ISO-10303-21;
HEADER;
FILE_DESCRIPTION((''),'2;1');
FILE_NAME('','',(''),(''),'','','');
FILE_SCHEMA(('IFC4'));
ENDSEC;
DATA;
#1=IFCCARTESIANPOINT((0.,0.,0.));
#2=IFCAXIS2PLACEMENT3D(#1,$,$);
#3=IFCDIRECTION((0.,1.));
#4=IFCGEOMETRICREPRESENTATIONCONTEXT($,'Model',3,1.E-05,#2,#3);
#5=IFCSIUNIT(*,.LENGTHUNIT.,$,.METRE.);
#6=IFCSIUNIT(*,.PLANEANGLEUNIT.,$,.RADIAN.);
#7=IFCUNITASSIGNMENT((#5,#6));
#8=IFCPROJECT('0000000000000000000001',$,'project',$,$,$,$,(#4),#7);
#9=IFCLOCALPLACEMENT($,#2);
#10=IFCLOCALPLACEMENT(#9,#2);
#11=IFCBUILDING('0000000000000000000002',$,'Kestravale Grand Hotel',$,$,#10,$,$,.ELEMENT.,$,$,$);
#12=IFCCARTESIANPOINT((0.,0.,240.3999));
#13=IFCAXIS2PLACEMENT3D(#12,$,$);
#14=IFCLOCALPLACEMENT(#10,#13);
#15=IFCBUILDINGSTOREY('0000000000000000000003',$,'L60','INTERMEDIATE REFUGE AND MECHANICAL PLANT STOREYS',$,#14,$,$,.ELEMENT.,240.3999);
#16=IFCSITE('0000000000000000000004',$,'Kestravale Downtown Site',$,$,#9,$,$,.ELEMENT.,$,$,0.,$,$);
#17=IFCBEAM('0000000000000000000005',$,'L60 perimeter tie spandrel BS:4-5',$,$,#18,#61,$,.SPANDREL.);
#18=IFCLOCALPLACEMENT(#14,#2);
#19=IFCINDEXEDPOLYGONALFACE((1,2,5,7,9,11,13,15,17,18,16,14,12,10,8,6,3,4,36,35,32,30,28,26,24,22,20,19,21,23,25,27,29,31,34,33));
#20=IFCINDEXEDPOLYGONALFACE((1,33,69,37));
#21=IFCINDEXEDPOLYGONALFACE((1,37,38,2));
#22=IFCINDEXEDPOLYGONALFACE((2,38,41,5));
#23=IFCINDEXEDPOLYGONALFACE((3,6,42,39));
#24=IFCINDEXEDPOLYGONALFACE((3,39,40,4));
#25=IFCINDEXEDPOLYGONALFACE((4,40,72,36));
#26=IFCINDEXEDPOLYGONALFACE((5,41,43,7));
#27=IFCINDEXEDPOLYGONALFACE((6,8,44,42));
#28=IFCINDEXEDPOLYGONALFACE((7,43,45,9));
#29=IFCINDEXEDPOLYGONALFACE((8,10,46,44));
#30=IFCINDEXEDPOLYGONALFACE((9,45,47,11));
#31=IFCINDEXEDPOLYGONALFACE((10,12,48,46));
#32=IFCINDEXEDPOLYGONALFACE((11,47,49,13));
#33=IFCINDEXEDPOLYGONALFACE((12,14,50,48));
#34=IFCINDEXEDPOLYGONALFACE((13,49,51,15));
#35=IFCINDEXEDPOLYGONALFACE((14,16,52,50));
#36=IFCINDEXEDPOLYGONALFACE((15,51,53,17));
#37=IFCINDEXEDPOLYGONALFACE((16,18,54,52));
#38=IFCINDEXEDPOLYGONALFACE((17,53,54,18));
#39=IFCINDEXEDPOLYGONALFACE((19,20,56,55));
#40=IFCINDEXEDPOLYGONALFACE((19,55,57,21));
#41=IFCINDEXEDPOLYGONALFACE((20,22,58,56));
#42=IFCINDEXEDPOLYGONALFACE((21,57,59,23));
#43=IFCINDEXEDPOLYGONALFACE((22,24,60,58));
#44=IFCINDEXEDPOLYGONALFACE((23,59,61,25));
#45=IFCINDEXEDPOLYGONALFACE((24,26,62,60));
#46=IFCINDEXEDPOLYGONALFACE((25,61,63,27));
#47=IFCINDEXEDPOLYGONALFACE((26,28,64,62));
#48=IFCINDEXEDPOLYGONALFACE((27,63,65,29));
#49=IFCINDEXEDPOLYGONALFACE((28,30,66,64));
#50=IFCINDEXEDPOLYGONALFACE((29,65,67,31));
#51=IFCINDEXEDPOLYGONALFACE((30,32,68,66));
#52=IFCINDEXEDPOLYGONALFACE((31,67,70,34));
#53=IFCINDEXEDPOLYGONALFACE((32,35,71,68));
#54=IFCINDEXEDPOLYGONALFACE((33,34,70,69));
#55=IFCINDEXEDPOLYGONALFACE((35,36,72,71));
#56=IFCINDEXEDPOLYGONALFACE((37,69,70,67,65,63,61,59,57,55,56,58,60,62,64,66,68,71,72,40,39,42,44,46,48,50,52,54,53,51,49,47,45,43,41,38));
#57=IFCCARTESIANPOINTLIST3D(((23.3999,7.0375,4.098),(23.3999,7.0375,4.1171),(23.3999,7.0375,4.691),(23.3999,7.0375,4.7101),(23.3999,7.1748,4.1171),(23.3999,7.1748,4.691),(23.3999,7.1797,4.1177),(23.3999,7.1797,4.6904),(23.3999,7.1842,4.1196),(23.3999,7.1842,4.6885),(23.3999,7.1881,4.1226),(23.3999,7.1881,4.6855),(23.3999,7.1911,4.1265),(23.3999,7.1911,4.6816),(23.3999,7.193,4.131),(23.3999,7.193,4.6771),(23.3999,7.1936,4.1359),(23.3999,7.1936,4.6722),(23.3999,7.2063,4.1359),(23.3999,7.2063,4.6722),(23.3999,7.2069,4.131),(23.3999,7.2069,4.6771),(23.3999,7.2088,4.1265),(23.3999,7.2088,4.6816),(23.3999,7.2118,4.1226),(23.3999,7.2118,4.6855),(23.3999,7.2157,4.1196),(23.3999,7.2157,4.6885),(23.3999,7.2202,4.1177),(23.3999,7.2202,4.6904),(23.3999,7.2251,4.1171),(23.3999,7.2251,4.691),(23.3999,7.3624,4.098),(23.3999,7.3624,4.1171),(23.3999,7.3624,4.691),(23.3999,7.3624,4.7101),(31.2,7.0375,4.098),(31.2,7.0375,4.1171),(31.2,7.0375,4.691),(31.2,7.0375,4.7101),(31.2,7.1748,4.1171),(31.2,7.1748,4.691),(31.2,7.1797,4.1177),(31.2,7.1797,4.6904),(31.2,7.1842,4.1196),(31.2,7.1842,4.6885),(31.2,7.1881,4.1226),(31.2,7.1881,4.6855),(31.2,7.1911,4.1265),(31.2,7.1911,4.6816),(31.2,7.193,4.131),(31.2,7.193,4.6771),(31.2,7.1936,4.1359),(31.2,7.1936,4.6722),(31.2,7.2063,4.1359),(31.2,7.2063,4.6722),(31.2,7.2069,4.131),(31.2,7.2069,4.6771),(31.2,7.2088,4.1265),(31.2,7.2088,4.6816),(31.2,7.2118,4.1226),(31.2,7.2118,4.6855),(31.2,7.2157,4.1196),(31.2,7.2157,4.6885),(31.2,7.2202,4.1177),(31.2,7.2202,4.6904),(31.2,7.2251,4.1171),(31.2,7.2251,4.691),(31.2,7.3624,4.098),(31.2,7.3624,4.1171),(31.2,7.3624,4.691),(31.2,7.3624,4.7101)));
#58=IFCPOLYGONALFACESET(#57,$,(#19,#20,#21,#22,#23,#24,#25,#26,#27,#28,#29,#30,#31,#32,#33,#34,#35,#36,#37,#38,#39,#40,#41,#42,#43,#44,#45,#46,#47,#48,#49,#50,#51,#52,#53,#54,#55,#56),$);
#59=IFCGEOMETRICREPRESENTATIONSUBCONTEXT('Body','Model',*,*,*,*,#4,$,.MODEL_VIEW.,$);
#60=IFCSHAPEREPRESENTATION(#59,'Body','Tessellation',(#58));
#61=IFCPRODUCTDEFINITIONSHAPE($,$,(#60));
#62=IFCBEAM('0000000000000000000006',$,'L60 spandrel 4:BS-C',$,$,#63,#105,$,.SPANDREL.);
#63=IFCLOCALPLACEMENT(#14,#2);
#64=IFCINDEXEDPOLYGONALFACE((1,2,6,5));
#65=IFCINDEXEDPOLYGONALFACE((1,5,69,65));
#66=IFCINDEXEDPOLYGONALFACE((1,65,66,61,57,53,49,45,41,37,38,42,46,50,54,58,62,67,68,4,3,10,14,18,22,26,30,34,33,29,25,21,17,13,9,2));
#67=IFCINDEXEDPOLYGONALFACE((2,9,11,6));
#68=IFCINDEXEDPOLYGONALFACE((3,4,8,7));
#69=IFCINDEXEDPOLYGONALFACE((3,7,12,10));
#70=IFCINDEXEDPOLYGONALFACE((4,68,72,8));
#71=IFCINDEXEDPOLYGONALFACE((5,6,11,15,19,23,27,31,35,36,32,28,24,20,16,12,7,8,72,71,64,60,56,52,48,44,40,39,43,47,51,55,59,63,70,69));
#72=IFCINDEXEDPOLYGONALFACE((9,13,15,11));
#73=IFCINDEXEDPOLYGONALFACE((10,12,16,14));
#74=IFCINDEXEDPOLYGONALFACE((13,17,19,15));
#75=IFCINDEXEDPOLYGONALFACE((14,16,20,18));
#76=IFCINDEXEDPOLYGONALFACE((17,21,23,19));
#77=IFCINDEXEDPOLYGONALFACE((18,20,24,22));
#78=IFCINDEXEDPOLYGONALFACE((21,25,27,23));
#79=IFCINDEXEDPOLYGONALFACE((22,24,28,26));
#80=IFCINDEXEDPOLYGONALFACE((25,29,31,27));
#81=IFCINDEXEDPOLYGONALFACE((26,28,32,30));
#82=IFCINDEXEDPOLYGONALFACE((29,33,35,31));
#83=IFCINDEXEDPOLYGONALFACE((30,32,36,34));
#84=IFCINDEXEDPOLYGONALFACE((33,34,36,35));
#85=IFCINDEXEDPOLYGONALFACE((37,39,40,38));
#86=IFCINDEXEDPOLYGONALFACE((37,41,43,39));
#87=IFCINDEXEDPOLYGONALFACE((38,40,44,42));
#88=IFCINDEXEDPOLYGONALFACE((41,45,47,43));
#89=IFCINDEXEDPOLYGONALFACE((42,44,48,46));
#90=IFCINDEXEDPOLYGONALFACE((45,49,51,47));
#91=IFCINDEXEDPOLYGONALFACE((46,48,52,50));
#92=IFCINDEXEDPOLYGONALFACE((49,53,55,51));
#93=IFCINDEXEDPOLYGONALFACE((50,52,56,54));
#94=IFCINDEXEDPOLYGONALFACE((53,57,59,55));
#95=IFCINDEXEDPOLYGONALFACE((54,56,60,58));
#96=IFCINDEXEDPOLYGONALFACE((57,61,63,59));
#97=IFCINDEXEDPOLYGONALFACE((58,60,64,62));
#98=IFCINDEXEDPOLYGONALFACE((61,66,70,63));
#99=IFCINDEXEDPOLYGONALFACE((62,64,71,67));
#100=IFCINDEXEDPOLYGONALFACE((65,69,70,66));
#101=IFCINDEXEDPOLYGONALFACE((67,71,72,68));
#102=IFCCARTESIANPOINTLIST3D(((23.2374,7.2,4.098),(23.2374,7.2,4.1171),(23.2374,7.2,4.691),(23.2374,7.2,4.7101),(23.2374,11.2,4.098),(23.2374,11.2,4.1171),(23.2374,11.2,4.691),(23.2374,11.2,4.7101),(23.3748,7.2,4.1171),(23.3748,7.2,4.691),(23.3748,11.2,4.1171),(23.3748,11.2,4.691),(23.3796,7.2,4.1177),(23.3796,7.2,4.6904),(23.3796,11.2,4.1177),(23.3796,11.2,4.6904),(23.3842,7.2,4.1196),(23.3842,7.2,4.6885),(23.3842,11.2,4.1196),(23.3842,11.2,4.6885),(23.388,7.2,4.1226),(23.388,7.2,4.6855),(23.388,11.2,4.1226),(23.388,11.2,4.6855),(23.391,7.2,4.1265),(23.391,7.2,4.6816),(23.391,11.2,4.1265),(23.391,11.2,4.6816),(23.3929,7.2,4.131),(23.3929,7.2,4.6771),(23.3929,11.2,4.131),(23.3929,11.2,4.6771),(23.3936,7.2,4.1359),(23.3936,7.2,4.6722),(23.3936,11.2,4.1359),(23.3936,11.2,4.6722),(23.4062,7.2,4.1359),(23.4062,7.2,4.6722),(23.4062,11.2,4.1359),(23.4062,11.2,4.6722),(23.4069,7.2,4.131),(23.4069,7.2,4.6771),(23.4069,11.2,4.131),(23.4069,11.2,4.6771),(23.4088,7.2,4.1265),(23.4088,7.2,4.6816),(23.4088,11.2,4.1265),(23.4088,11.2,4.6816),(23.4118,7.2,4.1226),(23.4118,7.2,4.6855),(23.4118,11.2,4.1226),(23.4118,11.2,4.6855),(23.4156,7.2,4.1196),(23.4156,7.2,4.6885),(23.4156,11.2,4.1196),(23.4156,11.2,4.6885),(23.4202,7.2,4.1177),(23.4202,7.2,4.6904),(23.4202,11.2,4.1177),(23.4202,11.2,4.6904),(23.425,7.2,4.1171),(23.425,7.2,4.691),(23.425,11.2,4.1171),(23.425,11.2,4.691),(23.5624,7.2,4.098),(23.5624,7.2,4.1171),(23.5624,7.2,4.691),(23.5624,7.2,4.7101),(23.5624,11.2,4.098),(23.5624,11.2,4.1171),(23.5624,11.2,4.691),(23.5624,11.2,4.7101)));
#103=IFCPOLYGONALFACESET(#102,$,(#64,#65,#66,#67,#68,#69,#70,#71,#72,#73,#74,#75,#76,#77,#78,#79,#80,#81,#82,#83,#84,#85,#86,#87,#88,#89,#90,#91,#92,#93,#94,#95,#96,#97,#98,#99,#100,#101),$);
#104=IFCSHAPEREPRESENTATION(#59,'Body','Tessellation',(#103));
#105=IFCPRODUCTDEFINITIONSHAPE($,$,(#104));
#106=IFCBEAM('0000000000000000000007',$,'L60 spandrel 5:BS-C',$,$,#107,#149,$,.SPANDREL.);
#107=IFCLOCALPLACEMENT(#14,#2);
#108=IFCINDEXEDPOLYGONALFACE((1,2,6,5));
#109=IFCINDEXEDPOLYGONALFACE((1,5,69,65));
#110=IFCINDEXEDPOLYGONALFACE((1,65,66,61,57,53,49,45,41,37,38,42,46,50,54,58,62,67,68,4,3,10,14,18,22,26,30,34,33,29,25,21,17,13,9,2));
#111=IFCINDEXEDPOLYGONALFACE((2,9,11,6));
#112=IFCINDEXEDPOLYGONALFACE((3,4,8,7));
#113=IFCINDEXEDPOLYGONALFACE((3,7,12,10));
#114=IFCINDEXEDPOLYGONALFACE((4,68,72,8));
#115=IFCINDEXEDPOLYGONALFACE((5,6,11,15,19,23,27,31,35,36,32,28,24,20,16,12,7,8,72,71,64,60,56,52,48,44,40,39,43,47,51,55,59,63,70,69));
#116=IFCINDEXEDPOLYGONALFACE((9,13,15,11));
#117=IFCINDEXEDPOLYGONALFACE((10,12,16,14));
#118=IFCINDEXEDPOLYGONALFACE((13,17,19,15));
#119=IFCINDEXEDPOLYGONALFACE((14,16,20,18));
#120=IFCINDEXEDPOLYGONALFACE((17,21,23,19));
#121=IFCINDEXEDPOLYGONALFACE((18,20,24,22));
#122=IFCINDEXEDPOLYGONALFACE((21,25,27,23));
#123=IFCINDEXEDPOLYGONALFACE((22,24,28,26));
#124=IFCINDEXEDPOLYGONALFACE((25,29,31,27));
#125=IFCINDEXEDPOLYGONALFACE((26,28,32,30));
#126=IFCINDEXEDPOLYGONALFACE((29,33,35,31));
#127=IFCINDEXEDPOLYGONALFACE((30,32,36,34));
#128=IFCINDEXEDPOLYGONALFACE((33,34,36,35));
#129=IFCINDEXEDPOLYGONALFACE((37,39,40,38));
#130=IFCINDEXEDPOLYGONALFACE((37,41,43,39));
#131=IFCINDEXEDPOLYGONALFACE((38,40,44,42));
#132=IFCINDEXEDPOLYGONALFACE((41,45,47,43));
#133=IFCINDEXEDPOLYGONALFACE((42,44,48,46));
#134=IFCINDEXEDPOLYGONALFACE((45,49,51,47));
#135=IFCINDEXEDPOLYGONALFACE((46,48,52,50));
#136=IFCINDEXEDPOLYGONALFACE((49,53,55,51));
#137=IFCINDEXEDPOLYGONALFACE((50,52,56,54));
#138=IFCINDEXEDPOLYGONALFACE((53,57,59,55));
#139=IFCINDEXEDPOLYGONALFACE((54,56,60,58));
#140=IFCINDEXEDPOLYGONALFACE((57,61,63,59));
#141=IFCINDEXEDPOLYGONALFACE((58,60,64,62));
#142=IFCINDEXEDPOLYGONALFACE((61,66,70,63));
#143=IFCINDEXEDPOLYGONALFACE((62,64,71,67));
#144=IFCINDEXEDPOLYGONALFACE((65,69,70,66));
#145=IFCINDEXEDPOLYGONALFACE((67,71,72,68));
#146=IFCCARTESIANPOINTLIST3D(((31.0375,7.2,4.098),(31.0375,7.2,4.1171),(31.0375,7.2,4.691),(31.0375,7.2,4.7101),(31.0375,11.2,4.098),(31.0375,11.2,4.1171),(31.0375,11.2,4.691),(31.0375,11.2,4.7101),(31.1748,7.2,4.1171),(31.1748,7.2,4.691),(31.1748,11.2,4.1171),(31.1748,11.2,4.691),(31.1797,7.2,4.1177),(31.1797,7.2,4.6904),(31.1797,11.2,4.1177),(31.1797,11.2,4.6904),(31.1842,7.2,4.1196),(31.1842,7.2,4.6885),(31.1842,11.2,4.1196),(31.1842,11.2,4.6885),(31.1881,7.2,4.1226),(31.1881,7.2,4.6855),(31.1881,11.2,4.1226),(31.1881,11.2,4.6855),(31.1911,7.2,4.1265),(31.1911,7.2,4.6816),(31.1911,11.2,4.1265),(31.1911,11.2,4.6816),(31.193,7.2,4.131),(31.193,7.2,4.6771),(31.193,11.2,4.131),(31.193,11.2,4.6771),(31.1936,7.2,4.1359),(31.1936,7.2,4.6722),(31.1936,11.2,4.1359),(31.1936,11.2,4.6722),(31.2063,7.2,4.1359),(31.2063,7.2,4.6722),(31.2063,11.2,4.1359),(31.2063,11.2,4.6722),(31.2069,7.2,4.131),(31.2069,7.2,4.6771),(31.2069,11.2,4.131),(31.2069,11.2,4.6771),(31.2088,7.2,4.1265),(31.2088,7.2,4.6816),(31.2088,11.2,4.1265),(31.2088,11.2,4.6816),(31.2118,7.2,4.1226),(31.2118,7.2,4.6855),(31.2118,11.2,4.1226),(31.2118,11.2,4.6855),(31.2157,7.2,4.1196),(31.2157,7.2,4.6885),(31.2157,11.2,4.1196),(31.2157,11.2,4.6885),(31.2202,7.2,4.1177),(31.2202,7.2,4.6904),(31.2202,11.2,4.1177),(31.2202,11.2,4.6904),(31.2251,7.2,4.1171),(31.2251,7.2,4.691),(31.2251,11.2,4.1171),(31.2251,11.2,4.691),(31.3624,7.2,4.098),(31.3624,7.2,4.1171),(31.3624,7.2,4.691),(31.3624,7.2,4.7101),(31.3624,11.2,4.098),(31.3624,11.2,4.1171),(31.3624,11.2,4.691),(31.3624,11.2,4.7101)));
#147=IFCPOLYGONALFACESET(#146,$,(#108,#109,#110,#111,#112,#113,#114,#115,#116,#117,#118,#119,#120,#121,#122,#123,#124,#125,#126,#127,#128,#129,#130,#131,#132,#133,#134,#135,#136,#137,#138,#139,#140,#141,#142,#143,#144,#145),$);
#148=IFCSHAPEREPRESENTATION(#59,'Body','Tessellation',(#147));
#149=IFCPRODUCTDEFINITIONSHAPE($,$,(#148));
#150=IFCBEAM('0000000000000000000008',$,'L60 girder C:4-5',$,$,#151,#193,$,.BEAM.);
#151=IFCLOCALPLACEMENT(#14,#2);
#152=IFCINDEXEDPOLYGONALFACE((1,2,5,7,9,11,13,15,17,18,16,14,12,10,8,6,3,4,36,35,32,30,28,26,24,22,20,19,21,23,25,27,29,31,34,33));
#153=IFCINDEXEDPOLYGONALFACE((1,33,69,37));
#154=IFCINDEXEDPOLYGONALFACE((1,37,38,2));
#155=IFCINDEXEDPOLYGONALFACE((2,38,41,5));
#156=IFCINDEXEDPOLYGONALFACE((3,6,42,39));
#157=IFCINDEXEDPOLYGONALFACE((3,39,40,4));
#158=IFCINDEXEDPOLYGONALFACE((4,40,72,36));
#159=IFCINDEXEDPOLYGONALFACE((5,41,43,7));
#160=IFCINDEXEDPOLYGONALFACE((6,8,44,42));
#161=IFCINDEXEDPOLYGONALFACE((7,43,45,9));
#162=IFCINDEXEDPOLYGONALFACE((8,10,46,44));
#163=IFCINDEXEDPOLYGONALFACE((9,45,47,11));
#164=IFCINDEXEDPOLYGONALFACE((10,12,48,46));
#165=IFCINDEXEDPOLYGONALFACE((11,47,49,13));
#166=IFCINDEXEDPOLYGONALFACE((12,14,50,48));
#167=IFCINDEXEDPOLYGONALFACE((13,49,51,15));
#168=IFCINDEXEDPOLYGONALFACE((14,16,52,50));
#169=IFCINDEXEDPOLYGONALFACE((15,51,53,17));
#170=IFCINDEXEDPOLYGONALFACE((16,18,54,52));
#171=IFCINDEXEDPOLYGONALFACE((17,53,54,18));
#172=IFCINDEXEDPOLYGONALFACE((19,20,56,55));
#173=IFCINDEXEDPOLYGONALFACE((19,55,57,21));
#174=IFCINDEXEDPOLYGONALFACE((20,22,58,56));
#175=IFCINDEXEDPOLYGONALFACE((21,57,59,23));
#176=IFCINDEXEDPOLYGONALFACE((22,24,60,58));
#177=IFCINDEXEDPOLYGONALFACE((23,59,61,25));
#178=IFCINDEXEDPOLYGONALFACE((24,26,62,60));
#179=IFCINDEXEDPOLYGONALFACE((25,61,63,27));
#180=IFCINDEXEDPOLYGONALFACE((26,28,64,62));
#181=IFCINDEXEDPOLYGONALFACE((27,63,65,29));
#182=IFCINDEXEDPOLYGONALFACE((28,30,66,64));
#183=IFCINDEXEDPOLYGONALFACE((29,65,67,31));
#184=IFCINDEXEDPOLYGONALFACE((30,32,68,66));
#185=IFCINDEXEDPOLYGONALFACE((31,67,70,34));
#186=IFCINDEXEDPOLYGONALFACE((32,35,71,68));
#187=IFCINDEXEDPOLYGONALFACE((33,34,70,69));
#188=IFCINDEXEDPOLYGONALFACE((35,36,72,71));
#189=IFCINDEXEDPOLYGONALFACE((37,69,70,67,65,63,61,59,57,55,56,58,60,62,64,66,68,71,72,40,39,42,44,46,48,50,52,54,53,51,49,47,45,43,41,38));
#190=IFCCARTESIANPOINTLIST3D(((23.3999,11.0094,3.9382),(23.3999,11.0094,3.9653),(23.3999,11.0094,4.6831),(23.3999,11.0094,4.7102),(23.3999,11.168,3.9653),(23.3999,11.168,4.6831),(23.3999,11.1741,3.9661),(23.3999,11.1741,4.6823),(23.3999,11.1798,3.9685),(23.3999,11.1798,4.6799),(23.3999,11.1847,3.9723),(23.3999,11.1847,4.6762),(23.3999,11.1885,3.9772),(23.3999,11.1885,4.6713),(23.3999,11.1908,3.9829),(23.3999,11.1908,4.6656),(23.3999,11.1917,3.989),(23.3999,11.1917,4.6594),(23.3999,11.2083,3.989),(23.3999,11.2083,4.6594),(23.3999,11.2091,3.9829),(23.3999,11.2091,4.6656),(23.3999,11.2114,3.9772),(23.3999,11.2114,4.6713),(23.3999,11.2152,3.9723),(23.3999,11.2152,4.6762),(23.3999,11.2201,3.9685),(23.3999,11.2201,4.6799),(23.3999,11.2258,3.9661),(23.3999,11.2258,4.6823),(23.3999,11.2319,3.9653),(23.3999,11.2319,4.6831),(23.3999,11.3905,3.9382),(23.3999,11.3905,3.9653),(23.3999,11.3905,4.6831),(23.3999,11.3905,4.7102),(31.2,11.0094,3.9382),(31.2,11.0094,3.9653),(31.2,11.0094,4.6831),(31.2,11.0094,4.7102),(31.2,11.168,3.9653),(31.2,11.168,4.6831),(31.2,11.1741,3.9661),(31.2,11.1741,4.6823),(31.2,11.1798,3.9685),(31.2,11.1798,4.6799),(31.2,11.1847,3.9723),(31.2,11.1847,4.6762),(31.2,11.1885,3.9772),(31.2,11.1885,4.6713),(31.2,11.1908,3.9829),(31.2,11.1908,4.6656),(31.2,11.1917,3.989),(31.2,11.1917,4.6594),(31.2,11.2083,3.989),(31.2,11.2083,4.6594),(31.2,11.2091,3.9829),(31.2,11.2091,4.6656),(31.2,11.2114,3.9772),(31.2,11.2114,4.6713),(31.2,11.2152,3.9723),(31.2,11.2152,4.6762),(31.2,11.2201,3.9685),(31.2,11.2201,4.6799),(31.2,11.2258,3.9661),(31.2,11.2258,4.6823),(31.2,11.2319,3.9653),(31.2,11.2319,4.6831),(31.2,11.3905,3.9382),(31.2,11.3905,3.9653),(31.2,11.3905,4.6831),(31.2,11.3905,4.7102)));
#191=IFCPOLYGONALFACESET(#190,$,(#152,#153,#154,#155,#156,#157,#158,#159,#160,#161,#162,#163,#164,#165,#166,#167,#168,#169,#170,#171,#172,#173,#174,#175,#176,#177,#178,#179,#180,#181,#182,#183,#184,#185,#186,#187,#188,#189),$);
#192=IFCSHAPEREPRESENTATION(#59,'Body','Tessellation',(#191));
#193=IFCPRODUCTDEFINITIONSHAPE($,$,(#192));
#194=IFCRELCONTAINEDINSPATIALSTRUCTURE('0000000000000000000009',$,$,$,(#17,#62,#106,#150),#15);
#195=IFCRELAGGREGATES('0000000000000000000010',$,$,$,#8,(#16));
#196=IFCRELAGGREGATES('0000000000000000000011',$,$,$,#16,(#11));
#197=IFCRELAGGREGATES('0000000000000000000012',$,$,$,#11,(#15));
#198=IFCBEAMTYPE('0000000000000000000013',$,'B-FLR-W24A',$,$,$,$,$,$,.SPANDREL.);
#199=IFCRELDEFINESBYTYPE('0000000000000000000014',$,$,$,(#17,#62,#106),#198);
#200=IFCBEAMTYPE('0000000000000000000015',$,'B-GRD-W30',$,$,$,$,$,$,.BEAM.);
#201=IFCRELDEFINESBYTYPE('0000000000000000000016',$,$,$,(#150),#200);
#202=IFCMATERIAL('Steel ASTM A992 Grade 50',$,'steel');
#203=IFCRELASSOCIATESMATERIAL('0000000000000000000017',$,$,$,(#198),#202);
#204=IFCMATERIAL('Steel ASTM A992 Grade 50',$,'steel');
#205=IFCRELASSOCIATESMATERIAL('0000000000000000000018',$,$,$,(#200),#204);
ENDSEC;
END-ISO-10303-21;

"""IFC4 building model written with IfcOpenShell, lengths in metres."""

from ifc_helpers import new_model, si_unit, direction, frame, origin, origin_2d, place, context, subcontext, project, spatial, i_section, extrude, material, material_profile, profile_set, type_object, element, save


model = new_model("IFC4")

# Units and contexts
model_context = context("Model", 3, precision=1e-05, world=origin(), true_north=direction((0.0, 1.0)))
body_context = subcontext(model_context, "Body", "Model", "MODEL_VIEW")
ifc_project = project(units=[si_unit("LENGTHUNIT", "METRE"), si_unit("PLANEANGLEUNIT", "RADIAN")], contexts=[model_context])

# Site, building, storey
site_placement = place(None, origin())
site = spatial("IfcSite", under=ifc_project, at=site_placement, Name="Kestravale Downtown Site", CompositionType="ELEMENT", RefElevation=0.0)
building_placement = place(site_placement, origin())
building = spatial("IfcBuilding", under=site, at=building_placement, Name="Kestravale Grand Hotel", CompositionType="ELEMENT")
storey_placement = place(building_placement, frame((0.0, 0.0, 240.3999)))
storey = spatial("IfcBuildingStorey", under=building, at=storey_placement, Name="L60", Description="INTERMEDIATE REFUGE AND MECHANICAL PLANT STOREYS", CompositionType="ELEMENT", Elevation=240.3999)

# Beams
ifc_material_1 = material(Name="Steel ASTM A992 Grade 50", Category="steel")
ifc_material_profile_1 = material_profile(ifc_material_1, i_section(OverallWidth=0.325, OverallDepth=0.6121, WebThickness=0.0127, FlangeThickness=0.019, FilletRadius=0.0188, at=origin_2d()))
ifc_profile_set_1 = profile_set([ifc_material_profile_1], Name="Steel ASTM A992 Grade 50")
beam_type_1 = type_object("IfcBeamType", Name="B-FLR-W24A", PredefinedType="SPANDREL", material=ifc_profile_set_1)
beam_1_placement = place(storey_placement, frame((23.3999, 7.2, 4.4041), z_axis=(1.0, 0.0, 0.0), x_axis=(0.0, 1.0, 0.0)))
element("IfcBeam", 1, at=beam_1_placement, inside=storey, type_object=beam_type_1, Name="L60 perimeter tie spandrel BS:4-5", PredefinedType="SPANDREL", context=body_context, shape_type="SweptSolid", body=[
    extrude(i_section(OverallWidth=0.325, OverallDepth=0.6121, WebThickness=0.0127, FlangeThickness=0.019, FilletRadius=0.0188, at=origin_2d()), origin(), (0.0, 0.0, 1.0), 7.8),
])
for number, where, z_axis, x_axis, name in (
    (2, (23.3999, 7.2, 4.4041), (0.0, 1.0, 0.0), (-1.0, 0.0, 0.0), "L60 spandrel 4:BS-C"),
    (3, (31.2, 7.2, 4.4041), (0.0, 1.0, 0.0), (-1.0, 0.0, 0.0), "L60 spandrel 5:BS-C"),
):
    element("IfcBeam", number, at=place(storey_placement, frame(where, z_axis=z_axis, x_axis=x_axis)), inside=storey, type_object=beam_type_1, Name=name, PredefinedType="SPANDREL", context=body_context, shape_type="SweptSolid", body=[
        extrude(i_section(OverallWidth=0.325, OverallDepth=0.6121, WebThickness=0.0127, FlangeThickness=0.019, FilletRadius=0.0188, at=origin_2d()), origin(), (0.0, 0.0, 1.0), 4.0),
    ])
ifc_material_2 = material(Name="Steel ASTM A992 Grade 50", Category="steel")
ifc_material_profile_2 = material_profile(ifc_material_2, i_section(OverallWidth=0.3811, OverallDepth=0.772, WebThickness=0.0166, FlangeThickness=0.0271, FilletRadius=0.0237, at=origin_2d()))
ifc_profile_set_2 = profile_set([ifc_material_profile_2], Name="Steel ASTM A992 Grade 50")
beam_type_2 = type_object("IfcBeamType", Name="B-GRD-W30", PredefinedType="BEAM", material=ifc_profile_set_2)
for number, where, z_axis, x_axis, name in (
    (4, (23.3999, 11.2, 4.3242), (1.0, 0.0, 0.0), (0.0, 1.0, 0.0), "L60 girder C:4-5"),
):
    element("IfcBeam", number, at=place(storey_placement, frame(where, z_axis=z_axis, x_axis=x_axis)), inside=storey, type_object=beam_type_2, Name=name, PredefinedType="BEAM", context=body_context, shape_type="SweptSolid", body=[
        extrude(i_section(OverallWidth=0.3811, OverallDepth=0.772, WebThickness=0.0166, FlangeThickness=0.0271, FilletRadius=0.0237, at=origin_2d()), origin(), (0.0, 0.0, 1.0), 7.8),
    ])

save(model, "model.ifc")
